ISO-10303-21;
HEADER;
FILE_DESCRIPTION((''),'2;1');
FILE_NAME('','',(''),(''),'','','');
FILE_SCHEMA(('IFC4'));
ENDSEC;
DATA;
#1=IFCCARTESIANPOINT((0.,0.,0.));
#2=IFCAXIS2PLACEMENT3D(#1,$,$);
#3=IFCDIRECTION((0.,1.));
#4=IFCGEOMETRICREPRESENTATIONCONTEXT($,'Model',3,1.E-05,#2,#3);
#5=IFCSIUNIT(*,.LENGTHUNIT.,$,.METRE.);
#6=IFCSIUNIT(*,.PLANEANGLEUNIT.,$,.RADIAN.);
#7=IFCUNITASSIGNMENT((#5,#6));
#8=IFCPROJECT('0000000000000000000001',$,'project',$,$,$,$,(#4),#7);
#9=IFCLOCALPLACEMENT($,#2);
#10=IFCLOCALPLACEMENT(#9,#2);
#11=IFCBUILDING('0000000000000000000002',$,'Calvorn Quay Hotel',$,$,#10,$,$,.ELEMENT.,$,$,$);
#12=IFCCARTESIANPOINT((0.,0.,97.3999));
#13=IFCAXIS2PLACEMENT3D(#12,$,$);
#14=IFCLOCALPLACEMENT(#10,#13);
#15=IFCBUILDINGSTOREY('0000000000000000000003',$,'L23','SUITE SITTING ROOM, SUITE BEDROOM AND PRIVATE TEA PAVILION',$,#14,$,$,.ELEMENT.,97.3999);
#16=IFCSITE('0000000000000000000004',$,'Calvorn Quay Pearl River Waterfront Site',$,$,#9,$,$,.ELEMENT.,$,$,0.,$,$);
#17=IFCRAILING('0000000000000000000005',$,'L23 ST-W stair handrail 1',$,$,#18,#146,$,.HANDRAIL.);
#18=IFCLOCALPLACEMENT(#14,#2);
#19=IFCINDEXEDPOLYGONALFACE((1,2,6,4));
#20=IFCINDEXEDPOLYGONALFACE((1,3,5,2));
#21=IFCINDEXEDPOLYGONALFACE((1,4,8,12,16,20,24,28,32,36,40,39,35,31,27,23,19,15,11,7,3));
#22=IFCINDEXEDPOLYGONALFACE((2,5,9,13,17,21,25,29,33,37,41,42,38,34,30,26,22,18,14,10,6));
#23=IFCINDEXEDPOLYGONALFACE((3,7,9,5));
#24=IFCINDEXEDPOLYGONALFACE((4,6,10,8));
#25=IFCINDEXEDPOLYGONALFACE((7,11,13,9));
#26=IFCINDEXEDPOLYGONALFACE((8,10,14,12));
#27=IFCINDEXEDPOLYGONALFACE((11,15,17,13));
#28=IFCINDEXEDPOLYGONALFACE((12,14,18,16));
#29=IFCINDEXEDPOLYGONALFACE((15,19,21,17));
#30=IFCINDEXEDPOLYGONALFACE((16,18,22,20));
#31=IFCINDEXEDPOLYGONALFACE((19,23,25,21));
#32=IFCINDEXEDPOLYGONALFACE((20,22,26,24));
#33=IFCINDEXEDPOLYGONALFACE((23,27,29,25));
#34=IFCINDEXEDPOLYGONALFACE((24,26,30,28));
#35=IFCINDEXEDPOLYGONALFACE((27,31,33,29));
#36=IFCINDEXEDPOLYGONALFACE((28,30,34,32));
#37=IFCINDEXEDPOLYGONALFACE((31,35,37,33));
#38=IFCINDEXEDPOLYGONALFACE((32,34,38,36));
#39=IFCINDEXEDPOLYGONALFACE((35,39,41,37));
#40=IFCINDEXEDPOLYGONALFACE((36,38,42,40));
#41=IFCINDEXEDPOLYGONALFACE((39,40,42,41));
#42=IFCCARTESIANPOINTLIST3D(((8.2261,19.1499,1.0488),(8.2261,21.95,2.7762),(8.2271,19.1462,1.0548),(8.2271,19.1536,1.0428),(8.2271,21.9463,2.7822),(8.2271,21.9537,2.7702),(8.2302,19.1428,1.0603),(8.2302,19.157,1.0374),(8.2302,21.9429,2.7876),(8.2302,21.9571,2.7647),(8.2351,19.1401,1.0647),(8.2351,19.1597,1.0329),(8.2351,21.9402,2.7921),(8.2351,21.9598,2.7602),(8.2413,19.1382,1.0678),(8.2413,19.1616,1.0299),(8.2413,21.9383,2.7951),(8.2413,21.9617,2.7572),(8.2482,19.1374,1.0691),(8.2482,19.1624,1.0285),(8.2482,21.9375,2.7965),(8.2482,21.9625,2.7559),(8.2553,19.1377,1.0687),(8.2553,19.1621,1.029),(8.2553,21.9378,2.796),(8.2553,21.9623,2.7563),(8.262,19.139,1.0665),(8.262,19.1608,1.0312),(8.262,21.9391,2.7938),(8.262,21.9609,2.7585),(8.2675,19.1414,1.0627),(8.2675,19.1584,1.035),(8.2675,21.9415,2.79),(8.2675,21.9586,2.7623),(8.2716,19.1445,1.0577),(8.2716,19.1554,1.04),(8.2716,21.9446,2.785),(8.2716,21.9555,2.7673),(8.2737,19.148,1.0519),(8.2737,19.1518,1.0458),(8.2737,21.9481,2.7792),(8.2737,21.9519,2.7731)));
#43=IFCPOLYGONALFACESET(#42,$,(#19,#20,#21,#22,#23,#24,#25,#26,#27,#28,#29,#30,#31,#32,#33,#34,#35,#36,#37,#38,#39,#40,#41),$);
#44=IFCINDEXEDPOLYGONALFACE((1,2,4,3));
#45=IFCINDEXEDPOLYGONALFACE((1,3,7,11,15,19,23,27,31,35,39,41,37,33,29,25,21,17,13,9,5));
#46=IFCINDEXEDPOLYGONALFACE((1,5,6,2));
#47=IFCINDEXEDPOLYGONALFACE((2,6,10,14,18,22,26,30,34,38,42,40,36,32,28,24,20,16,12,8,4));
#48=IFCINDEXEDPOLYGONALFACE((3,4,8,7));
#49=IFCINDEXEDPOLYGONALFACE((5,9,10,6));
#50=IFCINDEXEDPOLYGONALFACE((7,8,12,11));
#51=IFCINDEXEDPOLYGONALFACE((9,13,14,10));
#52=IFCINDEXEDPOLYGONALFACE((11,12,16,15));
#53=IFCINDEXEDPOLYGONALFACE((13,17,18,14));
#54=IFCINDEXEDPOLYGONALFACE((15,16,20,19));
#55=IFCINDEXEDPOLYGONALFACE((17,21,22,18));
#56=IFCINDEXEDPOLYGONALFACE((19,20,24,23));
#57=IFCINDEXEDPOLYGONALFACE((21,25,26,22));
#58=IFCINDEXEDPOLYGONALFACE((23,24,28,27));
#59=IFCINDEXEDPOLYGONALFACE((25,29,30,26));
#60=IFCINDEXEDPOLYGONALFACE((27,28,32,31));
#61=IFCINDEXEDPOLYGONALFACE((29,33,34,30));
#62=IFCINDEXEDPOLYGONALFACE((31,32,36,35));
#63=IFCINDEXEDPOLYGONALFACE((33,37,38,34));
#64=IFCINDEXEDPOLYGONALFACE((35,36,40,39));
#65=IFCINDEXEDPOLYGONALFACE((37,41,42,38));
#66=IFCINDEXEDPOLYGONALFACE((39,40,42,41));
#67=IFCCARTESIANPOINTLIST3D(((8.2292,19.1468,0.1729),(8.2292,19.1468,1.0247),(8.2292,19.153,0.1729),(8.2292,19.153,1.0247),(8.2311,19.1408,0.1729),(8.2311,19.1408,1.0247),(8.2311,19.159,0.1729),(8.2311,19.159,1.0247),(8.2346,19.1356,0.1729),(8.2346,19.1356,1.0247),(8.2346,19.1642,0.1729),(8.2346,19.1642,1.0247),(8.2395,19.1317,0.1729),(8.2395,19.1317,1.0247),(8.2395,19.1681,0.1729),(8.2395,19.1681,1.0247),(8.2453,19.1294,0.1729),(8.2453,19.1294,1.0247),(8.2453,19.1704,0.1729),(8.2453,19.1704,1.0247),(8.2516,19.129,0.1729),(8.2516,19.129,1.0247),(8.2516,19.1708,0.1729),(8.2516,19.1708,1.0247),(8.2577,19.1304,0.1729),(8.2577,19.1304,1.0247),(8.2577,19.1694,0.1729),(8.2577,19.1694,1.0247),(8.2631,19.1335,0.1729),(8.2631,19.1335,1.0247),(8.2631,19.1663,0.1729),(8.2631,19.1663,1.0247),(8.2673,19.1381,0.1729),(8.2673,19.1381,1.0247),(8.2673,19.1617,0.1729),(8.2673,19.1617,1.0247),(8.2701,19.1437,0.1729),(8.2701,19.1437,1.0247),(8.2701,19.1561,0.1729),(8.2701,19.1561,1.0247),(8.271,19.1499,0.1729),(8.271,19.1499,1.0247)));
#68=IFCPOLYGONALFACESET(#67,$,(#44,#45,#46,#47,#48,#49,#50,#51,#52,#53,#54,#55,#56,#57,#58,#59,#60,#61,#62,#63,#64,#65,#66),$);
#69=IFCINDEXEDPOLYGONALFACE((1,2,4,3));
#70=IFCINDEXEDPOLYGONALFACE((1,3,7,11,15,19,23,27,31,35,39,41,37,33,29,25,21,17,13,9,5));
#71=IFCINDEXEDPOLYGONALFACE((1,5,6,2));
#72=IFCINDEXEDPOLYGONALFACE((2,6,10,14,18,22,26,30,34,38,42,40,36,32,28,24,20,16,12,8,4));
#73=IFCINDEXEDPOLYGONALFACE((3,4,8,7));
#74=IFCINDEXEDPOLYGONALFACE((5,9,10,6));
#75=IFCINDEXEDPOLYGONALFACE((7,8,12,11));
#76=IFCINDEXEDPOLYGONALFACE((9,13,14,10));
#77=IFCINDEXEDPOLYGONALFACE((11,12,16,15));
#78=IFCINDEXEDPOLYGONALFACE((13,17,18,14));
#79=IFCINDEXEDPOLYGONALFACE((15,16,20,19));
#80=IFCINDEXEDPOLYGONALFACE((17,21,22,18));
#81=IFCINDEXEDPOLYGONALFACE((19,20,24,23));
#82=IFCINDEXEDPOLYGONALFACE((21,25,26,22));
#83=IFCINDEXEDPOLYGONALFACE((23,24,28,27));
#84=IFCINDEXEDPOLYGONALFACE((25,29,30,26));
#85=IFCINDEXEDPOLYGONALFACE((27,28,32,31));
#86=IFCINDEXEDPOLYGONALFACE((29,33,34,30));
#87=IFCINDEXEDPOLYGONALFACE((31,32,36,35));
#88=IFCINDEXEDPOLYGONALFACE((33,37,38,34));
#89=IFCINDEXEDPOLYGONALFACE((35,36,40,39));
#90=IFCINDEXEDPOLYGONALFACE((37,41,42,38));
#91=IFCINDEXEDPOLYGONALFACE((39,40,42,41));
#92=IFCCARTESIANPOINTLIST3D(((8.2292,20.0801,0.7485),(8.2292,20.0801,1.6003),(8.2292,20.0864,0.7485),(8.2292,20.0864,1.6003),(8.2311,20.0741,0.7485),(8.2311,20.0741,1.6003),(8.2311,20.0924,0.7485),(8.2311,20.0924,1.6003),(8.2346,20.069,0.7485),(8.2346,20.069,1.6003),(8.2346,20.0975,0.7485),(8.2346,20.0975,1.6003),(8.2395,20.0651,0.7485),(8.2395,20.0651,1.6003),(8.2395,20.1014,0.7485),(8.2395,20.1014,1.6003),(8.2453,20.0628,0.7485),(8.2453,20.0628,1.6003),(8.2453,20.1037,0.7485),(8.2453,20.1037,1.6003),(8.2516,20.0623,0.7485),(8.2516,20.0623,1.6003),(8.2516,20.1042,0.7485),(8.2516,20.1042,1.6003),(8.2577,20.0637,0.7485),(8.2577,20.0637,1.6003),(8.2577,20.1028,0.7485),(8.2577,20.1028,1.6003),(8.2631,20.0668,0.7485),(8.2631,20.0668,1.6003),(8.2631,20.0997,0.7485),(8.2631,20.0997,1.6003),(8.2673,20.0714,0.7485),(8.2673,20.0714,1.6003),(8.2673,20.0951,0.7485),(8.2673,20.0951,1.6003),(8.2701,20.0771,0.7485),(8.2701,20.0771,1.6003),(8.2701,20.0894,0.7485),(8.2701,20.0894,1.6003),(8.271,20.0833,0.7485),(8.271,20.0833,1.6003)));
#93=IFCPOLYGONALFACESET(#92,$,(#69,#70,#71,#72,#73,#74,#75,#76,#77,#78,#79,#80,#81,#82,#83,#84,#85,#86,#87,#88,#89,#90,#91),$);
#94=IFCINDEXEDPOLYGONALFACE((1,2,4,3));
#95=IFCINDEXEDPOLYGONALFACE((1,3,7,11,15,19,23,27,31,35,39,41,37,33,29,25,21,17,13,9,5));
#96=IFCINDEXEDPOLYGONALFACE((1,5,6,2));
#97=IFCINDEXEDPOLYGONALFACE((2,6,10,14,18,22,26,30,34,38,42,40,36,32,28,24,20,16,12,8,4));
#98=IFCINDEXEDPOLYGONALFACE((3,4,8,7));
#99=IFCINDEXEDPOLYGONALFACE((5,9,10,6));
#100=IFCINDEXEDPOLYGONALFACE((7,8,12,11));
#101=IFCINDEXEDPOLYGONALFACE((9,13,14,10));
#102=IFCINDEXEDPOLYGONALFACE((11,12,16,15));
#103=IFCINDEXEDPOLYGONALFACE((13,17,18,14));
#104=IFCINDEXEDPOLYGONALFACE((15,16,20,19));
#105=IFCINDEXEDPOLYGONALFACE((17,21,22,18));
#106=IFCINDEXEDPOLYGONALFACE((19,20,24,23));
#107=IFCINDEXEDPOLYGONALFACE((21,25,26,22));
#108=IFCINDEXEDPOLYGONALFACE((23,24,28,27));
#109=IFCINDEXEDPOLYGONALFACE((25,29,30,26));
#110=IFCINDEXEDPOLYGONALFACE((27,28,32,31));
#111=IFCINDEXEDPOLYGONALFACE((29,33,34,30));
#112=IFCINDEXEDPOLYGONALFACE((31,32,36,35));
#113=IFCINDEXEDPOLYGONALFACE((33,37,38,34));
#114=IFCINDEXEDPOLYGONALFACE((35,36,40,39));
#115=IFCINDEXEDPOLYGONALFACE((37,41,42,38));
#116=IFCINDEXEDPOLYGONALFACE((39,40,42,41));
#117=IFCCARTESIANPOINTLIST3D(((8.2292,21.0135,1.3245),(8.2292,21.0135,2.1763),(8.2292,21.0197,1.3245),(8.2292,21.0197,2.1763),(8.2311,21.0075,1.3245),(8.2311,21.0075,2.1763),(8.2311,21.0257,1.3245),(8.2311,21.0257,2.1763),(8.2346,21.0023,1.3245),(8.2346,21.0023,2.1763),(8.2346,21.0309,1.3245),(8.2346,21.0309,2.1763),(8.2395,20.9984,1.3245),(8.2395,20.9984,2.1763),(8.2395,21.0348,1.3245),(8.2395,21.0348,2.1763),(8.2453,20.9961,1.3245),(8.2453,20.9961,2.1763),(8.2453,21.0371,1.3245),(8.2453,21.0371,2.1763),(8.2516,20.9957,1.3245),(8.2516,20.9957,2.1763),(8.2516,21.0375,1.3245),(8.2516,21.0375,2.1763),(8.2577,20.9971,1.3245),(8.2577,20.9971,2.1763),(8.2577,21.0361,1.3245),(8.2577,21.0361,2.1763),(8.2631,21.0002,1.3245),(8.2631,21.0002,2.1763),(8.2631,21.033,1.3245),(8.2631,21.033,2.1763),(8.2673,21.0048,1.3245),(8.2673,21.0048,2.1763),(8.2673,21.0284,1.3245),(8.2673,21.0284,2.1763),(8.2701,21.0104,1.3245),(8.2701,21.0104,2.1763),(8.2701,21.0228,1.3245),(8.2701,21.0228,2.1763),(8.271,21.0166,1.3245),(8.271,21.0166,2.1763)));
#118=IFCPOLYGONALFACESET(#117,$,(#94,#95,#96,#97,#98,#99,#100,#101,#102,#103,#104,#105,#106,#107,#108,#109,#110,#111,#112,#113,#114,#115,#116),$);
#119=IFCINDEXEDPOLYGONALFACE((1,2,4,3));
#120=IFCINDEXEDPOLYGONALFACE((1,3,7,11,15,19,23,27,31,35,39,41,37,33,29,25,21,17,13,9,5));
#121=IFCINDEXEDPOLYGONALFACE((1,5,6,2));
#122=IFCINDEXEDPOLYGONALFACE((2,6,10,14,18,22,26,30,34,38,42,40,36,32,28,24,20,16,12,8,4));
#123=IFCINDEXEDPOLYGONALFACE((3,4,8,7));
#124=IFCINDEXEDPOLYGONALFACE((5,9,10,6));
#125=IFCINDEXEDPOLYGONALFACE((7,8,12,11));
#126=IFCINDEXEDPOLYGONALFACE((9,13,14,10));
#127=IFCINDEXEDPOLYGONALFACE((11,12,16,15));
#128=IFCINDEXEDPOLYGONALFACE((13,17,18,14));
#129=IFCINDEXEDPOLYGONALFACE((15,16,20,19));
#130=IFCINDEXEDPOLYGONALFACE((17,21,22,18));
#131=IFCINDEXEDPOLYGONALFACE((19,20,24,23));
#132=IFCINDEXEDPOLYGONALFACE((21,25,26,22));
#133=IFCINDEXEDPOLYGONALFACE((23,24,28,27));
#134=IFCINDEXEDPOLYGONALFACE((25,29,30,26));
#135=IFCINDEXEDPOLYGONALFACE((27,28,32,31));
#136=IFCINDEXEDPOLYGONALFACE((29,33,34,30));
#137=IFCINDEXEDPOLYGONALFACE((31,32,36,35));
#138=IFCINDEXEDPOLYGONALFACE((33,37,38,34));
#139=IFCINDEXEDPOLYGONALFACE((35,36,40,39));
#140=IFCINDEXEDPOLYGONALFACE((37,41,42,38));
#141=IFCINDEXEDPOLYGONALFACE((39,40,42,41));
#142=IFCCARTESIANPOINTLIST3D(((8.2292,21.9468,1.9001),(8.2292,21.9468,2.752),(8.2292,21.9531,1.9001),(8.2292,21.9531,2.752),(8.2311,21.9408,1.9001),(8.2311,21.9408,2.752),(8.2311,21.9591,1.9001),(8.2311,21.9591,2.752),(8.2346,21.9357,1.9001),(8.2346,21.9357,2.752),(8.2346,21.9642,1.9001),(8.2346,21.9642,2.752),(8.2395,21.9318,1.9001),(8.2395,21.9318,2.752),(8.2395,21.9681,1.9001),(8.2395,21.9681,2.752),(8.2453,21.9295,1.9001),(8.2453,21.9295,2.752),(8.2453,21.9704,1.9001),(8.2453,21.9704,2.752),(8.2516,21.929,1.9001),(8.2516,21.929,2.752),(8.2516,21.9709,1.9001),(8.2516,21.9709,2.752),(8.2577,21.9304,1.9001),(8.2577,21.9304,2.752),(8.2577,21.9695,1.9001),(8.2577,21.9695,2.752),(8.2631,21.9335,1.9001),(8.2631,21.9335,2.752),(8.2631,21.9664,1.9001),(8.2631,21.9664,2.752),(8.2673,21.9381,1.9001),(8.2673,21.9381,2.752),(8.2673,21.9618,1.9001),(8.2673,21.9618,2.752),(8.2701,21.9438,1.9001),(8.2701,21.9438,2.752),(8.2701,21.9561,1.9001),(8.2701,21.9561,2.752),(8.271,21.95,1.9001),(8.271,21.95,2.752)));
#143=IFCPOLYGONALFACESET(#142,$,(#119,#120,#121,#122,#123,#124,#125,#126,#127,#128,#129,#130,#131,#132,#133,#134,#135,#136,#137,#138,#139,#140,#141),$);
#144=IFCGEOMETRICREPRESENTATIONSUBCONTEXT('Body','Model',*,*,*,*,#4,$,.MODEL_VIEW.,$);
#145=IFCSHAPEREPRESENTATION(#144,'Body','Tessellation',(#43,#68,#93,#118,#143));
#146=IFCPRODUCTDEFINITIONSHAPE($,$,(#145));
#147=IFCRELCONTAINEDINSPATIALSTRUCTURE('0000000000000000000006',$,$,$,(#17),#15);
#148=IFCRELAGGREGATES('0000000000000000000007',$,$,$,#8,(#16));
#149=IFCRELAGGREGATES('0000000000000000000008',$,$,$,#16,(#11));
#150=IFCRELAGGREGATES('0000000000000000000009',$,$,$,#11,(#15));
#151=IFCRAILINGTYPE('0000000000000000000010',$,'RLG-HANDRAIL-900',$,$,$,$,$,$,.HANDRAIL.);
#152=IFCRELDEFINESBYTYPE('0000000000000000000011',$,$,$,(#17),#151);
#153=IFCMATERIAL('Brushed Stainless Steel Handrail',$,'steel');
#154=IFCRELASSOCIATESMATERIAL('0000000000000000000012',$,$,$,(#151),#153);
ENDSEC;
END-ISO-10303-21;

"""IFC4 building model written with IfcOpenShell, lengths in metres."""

from ifc_helpers import new_model, si_unit, direction, frame, origin, origin_2d, place, context, subcontext, project, spatial, circle, extrude, material, type_object, element, save


model = new_model("IFC4")

# Units and contexts
model_context = context("Model", 3, precision=1e-05, world=origin(), true_north=direction((0.0, 1.0)))
body_context = subcontext(model_context, "Body", "Model", "MODEL_VIEW")
ifc_project = project(units=[si_unit("LENGTHUNIT", "METRE"), si_unit("PLANEANGLEUNIT", "RADIAN")], contexts=[model_context])

# Site, building, storey
site_placement = place(None, origin())
site = spatial("IfcSite", under=ifc_project, at=site_placement, Name="Calvorn Quay Pearl River Waterfront Site", CompositionType="ELEMENT", RefElevation=0.0)
building_placement = place(site_placement, origin())
building = spatial("IfcBuilding", under=site, at=building_placement, Name="Calvorn Quay Hotel", CompositionType="ELEMENT")
storey_placement = place(building_placement, frame((0.0, 0.0, 97.3999)))
storey = spatial("IfcBuildingStorey", under=building, at=storey_placement, Name="L23", Description="SUITE SITTING ROOM, SUITE BEDROOM AND PRIVATE TEA PAVILION", CompositionType="ELEMENT", Elevation=97.3999)

# Railing
ifc_material_1 = material(Name="Brushed Stainless Steel Handrail", Category="steel")
railing_type_1 = type_object("IfcRailingType", Name="RLG-HANDRAIL-900", PredefinedType="HANDRAIL", material=ifc_material_1)
railing_1_placement = place(storey_placement, frame((8.25, 19.1499, 0.1729)))
element("IfcRailing", 1, at=railing_1_placement, inside=storey, type_object=railing_type_1, Name="L23 ST-W stair handrail 1", PredefinedType="HANDRAIL", context=body_context, shape_type="SweptSolid", body=[
    extrude(circle(Radius=0.0239, at=origin_2d()), frame((0.0, 0.0, 0.876), z_axis=(0.0, 0.85109, 0.52502), x_axis=(-1.0, 0.0, 0.0)), (0.0, 0.0, 1.0), 3.29),
    extrude(circle(Radius=0.021, at=origin_2d()), origin(), (0.0, 0.0, 1.0), 0.8518),
    extrude(circle(Radius=0.021, at=origin_2d()), frame((0.0, 0.9333, 0.5757)), (0.0, 0.0, 1.0), 0.8518),
    extrude(circle(Radius=0.021, at=origin_2d()), frame((0.0, 1.8667, 1.1516)), (0.0, 0.0, 1.0), 0.8518),
    extrude(circle(Radius=0.021, at=origin_2d()), frame((0.0, 2.8, 1.7273)), (0.0, 0.0, 1.0), 0.8518),
])

save(model, "model.ifc")
